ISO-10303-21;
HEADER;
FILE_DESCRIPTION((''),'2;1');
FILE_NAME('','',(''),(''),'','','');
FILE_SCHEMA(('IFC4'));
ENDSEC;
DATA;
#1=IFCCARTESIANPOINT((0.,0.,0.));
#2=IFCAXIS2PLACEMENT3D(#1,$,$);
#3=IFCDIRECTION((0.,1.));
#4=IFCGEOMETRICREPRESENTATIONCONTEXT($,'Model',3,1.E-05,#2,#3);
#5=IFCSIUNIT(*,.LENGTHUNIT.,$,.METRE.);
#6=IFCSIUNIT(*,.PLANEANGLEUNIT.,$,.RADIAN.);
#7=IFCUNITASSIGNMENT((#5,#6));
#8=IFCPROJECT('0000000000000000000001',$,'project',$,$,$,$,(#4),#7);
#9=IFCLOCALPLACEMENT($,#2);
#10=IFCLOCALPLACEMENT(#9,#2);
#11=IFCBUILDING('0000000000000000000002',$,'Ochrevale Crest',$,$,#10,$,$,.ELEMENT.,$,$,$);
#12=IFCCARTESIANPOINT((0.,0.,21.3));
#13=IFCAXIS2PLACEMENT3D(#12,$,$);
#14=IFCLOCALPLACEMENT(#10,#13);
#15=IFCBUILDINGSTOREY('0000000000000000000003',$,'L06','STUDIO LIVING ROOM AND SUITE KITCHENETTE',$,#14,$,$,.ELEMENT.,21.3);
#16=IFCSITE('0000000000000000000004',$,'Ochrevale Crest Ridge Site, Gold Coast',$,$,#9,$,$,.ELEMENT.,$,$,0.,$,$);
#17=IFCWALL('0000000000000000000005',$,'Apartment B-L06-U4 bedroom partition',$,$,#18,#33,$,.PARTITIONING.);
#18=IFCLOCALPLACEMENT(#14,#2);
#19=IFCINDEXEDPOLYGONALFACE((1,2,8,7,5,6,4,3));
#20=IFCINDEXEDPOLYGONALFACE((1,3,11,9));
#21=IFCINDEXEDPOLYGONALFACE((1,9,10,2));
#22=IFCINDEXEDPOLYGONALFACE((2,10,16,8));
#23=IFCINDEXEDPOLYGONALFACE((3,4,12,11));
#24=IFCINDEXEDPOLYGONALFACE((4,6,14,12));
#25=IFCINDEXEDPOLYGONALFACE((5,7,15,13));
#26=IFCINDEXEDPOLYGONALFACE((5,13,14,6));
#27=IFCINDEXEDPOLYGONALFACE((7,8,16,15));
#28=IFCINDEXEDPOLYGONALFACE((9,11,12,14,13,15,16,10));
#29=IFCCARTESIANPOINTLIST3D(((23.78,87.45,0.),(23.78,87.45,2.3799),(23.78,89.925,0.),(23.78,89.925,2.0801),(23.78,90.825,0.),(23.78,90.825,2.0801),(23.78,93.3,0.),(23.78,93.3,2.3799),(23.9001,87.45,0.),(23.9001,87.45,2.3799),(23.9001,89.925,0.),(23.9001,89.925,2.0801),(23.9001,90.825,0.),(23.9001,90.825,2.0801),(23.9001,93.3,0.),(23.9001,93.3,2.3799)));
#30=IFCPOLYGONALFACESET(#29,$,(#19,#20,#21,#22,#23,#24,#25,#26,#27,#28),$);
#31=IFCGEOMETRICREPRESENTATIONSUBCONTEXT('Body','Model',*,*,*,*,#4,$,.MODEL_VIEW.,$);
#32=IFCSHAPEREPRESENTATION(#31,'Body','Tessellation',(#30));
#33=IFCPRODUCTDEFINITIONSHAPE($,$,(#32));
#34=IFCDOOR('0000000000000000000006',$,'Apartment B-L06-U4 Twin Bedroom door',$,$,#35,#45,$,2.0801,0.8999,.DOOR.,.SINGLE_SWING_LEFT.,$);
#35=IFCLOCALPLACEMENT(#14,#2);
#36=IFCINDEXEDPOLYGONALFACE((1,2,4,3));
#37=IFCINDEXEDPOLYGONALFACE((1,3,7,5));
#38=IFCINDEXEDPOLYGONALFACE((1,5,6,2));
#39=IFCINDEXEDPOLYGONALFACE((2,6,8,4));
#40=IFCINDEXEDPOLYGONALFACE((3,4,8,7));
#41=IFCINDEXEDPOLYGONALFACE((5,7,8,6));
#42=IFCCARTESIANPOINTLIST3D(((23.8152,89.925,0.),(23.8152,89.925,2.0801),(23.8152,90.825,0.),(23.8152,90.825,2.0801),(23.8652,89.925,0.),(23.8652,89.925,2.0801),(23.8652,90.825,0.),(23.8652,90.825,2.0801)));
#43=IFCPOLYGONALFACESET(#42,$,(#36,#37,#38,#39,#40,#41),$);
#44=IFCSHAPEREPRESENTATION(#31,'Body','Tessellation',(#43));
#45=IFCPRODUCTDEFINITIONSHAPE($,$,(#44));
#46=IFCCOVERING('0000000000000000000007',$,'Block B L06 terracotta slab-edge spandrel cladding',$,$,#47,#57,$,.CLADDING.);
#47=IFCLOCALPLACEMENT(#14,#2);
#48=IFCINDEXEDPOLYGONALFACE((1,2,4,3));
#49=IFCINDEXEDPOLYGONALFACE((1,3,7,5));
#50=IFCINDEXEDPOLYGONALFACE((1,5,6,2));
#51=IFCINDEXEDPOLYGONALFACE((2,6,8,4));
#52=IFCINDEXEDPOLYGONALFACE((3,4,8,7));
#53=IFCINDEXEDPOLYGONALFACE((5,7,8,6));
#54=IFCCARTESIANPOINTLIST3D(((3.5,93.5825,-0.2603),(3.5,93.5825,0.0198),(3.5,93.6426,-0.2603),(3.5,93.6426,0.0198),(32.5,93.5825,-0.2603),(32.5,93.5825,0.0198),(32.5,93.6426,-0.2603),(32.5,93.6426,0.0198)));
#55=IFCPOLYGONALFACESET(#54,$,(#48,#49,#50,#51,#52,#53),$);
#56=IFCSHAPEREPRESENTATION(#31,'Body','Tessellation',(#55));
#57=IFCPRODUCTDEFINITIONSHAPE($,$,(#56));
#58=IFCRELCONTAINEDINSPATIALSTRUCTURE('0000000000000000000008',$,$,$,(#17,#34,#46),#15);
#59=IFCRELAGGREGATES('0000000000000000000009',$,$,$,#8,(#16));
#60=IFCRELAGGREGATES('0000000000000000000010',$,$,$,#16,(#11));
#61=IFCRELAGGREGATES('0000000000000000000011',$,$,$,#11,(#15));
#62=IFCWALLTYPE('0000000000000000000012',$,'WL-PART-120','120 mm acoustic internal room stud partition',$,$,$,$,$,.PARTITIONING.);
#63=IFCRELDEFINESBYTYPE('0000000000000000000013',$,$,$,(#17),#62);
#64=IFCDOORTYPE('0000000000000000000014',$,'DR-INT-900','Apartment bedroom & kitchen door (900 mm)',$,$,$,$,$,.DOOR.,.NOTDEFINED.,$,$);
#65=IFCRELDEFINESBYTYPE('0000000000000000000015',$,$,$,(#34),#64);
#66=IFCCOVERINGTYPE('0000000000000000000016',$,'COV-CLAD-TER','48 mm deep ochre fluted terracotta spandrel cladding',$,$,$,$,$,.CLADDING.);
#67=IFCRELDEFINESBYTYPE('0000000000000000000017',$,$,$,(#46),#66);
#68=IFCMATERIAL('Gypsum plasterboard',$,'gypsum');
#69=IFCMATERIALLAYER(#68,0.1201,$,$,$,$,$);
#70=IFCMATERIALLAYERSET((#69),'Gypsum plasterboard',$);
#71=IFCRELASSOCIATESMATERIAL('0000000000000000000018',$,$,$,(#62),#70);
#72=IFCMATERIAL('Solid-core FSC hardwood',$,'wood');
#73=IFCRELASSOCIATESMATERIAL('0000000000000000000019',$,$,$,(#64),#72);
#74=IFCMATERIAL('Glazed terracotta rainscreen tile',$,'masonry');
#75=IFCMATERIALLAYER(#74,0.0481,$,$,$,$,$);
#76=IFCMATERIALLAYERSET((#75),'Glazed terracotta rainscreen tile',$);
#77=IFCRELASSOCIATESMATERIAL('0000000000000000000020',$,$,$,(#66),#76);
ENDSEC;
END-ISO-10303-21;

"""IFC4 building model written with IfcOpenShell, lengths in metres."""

from ifc_helpers import new_model, si_unit, direction, frame, frame_2d, origin, origin_2d, place, context, subcontext, project, spatial, rectangle, extrude, material, layer, layer_set, type_object, element, fill, save


model = new_model("IFC4")

# Units and contexts
model_context = context("Model", 3, precision=1e-05, world=origin(), true_north=direction((0.0, 1.0)))
body_context = subcontext(model_context, "Body", "Model", "MODEL_VIEW")
ifc_project = project(units=[si_unit("LENGTHUNIT", "METRE"), si_unit("PLANEANGLEUNIT", "RADIAN")], contexts=[model_context])

# Site, building, storey
site_placement = place(None, origin())
site = spatial("IfcSite", under=ifc_project, at=site_placement, Name="Ochrevale Crest Ridge Site, Gold Coast", CompositionType="ELEMENT", RefElevation=0.0)
building_placement = place(site_placement, origin())
building = spatial("IfcBuilding", under=site, at=building_placement, Name="Ochrevale Crest", CompositionType="ELEMENT")
storey_placement = place(building_placement, frame((0.0, 0.0, 21.3)))
storey = spatial("IfcBuildingStorey", under=building, at=storey_placement, Name="L06", Description="STUDIO LIVING ROOM AND SUITE KITCHENETTE", CompositionType="ELEMENT", Elevation=21.3)

# Shared definitions
ifc_material_1 = material(Name="Gypsum plasterboard", Category="gypsum")
ifc_layer_1 = layer(ifc_material_1, 0.1201)
ifc_layer_set_1 = layer_set([ifc_layer_1], Name="Gypsum plasterboard")
wall_type_1 = type_object("IfcWallType", Name="WL-PART-120", Description="120 mm acoustic internal room stud partition", PredefinedType="PARTITIONING", material=ifc_layer_set_1)
ifc_material_2 = material(Name="Solid-core FSC hardwood", Category="wood")
door_type_1 = type_object("IfcDoorType", Name="DR-INT-900", Description="Apartment bedroom & kitchen door (900 mm)", OperationType="NOTDEFINED", PredefinedType="DOOR", material=ifc_material_2)

# Wall, opening, door
wall_1_placement = place(storey_placement, frame((23.8401, 87.45, 0.0), z_axis=(0.0, 0.0, 1.0), x_axis=(0.0, 1.0, 0.0)))
wall_1 = element("IfcWall", 1, at=wall_1_placement, inside=storey, type_object=wall_type_1, Name="Apartment B-L06-U4 bedroom partition", PredefinedType="PARTITIONING", context=body_context, shape_type="SweptSolid", body=[
    extrude(rectangle(XDim=5.8501, YDim=0.1201, at=frame_2d((2.925, 0.0))), origin(), (0.0, 0.0, 1.0), 2.3799),
])
opening_1_placement = place(wall_1_placement, frame((2.4751, 0.0, 0.0)))
opening_1 = element("IfcOpeningElement", 2, at=opening_1_placement, cuts=wall_1, PredefinedType="OPENING", context=body_context, shape_type="SweptSolid", body=[
    extrude(rectangle(XDim=0.8999, YDim=2.0801, at=frame_2d((0.45, 1.04))), frame((0.0, 0.0701, 0.0), z_axis=(0.0, -1.0, 0.0), x_axis=(1.0, 0.0, 0.0)), (0.0, 0.0, 1.0), 0.1401),
])
door_1_placement = place(opening_1_placement, origin())
door_1 = element("IfcDoor", 3, at=door_1_placement, inside=storey, type_object=door_type_1, Name="Apartment B-L06-U4 Twin Bedroom door", OperationType="SINGLE_SWING_LEFT", OverallHeight=2.0801, OverallWidth=0.8999, PredefinedType="DOOR", context=body_context, shape_type="SweptSolid", body=[
    extrude(rectangle(XDim=0.8999, YDim=2.0801, at=frame_2d((0.45, 1.04))), frame((0.0, 0.0249, 0.0), z_axis=(0.0, -1.0, 0.0), x_axis=(1.0, 0.0, 0.0)), (0.0, 0.0, 1.0), 0.05),
])
fill(opening_1, door_1)

# Covering
ifc_material_3 = material(Name="Glazed terracotta rainscreen tile", Category="masonry")
ifc_layer_2 = layer(ifc_material_3, 0.0481)
ifc_layer_set_2 = layer_set([ifc_layer_2], Name="Glazed terracotta rainscreen tile")
covering_type = type_object("IfcCoveringType", Name="COV-CLAD-TER", Description="48 mm deep ochre fluted terracotta spandrel cladding", PredefinedType="CLADDING", material=ifc_layer_set_2)
covering_placement = place(storey_placement, frame((18.0, 93.6125, -0.2603), z_axis=(0.0, 0.0, 1.0), x_axis=(-1.0, 0.0, 0.0)))
element("IfcCovering", 4, at=covering_placement, inside=storey, type_object=covering_type, Name="Block B L06 terracotta slab-edge spandrel cladding", PredefinedType="CLADDING", context=body_context, shape_type="SweptSolid", body=[
    extrude(rectangle(XDim=29.0, YDim=0.0601, at=origin_2d()), origin(), (0.0, 0.0, 1.0), 0.28),
])

save(model, "model.ifc")
